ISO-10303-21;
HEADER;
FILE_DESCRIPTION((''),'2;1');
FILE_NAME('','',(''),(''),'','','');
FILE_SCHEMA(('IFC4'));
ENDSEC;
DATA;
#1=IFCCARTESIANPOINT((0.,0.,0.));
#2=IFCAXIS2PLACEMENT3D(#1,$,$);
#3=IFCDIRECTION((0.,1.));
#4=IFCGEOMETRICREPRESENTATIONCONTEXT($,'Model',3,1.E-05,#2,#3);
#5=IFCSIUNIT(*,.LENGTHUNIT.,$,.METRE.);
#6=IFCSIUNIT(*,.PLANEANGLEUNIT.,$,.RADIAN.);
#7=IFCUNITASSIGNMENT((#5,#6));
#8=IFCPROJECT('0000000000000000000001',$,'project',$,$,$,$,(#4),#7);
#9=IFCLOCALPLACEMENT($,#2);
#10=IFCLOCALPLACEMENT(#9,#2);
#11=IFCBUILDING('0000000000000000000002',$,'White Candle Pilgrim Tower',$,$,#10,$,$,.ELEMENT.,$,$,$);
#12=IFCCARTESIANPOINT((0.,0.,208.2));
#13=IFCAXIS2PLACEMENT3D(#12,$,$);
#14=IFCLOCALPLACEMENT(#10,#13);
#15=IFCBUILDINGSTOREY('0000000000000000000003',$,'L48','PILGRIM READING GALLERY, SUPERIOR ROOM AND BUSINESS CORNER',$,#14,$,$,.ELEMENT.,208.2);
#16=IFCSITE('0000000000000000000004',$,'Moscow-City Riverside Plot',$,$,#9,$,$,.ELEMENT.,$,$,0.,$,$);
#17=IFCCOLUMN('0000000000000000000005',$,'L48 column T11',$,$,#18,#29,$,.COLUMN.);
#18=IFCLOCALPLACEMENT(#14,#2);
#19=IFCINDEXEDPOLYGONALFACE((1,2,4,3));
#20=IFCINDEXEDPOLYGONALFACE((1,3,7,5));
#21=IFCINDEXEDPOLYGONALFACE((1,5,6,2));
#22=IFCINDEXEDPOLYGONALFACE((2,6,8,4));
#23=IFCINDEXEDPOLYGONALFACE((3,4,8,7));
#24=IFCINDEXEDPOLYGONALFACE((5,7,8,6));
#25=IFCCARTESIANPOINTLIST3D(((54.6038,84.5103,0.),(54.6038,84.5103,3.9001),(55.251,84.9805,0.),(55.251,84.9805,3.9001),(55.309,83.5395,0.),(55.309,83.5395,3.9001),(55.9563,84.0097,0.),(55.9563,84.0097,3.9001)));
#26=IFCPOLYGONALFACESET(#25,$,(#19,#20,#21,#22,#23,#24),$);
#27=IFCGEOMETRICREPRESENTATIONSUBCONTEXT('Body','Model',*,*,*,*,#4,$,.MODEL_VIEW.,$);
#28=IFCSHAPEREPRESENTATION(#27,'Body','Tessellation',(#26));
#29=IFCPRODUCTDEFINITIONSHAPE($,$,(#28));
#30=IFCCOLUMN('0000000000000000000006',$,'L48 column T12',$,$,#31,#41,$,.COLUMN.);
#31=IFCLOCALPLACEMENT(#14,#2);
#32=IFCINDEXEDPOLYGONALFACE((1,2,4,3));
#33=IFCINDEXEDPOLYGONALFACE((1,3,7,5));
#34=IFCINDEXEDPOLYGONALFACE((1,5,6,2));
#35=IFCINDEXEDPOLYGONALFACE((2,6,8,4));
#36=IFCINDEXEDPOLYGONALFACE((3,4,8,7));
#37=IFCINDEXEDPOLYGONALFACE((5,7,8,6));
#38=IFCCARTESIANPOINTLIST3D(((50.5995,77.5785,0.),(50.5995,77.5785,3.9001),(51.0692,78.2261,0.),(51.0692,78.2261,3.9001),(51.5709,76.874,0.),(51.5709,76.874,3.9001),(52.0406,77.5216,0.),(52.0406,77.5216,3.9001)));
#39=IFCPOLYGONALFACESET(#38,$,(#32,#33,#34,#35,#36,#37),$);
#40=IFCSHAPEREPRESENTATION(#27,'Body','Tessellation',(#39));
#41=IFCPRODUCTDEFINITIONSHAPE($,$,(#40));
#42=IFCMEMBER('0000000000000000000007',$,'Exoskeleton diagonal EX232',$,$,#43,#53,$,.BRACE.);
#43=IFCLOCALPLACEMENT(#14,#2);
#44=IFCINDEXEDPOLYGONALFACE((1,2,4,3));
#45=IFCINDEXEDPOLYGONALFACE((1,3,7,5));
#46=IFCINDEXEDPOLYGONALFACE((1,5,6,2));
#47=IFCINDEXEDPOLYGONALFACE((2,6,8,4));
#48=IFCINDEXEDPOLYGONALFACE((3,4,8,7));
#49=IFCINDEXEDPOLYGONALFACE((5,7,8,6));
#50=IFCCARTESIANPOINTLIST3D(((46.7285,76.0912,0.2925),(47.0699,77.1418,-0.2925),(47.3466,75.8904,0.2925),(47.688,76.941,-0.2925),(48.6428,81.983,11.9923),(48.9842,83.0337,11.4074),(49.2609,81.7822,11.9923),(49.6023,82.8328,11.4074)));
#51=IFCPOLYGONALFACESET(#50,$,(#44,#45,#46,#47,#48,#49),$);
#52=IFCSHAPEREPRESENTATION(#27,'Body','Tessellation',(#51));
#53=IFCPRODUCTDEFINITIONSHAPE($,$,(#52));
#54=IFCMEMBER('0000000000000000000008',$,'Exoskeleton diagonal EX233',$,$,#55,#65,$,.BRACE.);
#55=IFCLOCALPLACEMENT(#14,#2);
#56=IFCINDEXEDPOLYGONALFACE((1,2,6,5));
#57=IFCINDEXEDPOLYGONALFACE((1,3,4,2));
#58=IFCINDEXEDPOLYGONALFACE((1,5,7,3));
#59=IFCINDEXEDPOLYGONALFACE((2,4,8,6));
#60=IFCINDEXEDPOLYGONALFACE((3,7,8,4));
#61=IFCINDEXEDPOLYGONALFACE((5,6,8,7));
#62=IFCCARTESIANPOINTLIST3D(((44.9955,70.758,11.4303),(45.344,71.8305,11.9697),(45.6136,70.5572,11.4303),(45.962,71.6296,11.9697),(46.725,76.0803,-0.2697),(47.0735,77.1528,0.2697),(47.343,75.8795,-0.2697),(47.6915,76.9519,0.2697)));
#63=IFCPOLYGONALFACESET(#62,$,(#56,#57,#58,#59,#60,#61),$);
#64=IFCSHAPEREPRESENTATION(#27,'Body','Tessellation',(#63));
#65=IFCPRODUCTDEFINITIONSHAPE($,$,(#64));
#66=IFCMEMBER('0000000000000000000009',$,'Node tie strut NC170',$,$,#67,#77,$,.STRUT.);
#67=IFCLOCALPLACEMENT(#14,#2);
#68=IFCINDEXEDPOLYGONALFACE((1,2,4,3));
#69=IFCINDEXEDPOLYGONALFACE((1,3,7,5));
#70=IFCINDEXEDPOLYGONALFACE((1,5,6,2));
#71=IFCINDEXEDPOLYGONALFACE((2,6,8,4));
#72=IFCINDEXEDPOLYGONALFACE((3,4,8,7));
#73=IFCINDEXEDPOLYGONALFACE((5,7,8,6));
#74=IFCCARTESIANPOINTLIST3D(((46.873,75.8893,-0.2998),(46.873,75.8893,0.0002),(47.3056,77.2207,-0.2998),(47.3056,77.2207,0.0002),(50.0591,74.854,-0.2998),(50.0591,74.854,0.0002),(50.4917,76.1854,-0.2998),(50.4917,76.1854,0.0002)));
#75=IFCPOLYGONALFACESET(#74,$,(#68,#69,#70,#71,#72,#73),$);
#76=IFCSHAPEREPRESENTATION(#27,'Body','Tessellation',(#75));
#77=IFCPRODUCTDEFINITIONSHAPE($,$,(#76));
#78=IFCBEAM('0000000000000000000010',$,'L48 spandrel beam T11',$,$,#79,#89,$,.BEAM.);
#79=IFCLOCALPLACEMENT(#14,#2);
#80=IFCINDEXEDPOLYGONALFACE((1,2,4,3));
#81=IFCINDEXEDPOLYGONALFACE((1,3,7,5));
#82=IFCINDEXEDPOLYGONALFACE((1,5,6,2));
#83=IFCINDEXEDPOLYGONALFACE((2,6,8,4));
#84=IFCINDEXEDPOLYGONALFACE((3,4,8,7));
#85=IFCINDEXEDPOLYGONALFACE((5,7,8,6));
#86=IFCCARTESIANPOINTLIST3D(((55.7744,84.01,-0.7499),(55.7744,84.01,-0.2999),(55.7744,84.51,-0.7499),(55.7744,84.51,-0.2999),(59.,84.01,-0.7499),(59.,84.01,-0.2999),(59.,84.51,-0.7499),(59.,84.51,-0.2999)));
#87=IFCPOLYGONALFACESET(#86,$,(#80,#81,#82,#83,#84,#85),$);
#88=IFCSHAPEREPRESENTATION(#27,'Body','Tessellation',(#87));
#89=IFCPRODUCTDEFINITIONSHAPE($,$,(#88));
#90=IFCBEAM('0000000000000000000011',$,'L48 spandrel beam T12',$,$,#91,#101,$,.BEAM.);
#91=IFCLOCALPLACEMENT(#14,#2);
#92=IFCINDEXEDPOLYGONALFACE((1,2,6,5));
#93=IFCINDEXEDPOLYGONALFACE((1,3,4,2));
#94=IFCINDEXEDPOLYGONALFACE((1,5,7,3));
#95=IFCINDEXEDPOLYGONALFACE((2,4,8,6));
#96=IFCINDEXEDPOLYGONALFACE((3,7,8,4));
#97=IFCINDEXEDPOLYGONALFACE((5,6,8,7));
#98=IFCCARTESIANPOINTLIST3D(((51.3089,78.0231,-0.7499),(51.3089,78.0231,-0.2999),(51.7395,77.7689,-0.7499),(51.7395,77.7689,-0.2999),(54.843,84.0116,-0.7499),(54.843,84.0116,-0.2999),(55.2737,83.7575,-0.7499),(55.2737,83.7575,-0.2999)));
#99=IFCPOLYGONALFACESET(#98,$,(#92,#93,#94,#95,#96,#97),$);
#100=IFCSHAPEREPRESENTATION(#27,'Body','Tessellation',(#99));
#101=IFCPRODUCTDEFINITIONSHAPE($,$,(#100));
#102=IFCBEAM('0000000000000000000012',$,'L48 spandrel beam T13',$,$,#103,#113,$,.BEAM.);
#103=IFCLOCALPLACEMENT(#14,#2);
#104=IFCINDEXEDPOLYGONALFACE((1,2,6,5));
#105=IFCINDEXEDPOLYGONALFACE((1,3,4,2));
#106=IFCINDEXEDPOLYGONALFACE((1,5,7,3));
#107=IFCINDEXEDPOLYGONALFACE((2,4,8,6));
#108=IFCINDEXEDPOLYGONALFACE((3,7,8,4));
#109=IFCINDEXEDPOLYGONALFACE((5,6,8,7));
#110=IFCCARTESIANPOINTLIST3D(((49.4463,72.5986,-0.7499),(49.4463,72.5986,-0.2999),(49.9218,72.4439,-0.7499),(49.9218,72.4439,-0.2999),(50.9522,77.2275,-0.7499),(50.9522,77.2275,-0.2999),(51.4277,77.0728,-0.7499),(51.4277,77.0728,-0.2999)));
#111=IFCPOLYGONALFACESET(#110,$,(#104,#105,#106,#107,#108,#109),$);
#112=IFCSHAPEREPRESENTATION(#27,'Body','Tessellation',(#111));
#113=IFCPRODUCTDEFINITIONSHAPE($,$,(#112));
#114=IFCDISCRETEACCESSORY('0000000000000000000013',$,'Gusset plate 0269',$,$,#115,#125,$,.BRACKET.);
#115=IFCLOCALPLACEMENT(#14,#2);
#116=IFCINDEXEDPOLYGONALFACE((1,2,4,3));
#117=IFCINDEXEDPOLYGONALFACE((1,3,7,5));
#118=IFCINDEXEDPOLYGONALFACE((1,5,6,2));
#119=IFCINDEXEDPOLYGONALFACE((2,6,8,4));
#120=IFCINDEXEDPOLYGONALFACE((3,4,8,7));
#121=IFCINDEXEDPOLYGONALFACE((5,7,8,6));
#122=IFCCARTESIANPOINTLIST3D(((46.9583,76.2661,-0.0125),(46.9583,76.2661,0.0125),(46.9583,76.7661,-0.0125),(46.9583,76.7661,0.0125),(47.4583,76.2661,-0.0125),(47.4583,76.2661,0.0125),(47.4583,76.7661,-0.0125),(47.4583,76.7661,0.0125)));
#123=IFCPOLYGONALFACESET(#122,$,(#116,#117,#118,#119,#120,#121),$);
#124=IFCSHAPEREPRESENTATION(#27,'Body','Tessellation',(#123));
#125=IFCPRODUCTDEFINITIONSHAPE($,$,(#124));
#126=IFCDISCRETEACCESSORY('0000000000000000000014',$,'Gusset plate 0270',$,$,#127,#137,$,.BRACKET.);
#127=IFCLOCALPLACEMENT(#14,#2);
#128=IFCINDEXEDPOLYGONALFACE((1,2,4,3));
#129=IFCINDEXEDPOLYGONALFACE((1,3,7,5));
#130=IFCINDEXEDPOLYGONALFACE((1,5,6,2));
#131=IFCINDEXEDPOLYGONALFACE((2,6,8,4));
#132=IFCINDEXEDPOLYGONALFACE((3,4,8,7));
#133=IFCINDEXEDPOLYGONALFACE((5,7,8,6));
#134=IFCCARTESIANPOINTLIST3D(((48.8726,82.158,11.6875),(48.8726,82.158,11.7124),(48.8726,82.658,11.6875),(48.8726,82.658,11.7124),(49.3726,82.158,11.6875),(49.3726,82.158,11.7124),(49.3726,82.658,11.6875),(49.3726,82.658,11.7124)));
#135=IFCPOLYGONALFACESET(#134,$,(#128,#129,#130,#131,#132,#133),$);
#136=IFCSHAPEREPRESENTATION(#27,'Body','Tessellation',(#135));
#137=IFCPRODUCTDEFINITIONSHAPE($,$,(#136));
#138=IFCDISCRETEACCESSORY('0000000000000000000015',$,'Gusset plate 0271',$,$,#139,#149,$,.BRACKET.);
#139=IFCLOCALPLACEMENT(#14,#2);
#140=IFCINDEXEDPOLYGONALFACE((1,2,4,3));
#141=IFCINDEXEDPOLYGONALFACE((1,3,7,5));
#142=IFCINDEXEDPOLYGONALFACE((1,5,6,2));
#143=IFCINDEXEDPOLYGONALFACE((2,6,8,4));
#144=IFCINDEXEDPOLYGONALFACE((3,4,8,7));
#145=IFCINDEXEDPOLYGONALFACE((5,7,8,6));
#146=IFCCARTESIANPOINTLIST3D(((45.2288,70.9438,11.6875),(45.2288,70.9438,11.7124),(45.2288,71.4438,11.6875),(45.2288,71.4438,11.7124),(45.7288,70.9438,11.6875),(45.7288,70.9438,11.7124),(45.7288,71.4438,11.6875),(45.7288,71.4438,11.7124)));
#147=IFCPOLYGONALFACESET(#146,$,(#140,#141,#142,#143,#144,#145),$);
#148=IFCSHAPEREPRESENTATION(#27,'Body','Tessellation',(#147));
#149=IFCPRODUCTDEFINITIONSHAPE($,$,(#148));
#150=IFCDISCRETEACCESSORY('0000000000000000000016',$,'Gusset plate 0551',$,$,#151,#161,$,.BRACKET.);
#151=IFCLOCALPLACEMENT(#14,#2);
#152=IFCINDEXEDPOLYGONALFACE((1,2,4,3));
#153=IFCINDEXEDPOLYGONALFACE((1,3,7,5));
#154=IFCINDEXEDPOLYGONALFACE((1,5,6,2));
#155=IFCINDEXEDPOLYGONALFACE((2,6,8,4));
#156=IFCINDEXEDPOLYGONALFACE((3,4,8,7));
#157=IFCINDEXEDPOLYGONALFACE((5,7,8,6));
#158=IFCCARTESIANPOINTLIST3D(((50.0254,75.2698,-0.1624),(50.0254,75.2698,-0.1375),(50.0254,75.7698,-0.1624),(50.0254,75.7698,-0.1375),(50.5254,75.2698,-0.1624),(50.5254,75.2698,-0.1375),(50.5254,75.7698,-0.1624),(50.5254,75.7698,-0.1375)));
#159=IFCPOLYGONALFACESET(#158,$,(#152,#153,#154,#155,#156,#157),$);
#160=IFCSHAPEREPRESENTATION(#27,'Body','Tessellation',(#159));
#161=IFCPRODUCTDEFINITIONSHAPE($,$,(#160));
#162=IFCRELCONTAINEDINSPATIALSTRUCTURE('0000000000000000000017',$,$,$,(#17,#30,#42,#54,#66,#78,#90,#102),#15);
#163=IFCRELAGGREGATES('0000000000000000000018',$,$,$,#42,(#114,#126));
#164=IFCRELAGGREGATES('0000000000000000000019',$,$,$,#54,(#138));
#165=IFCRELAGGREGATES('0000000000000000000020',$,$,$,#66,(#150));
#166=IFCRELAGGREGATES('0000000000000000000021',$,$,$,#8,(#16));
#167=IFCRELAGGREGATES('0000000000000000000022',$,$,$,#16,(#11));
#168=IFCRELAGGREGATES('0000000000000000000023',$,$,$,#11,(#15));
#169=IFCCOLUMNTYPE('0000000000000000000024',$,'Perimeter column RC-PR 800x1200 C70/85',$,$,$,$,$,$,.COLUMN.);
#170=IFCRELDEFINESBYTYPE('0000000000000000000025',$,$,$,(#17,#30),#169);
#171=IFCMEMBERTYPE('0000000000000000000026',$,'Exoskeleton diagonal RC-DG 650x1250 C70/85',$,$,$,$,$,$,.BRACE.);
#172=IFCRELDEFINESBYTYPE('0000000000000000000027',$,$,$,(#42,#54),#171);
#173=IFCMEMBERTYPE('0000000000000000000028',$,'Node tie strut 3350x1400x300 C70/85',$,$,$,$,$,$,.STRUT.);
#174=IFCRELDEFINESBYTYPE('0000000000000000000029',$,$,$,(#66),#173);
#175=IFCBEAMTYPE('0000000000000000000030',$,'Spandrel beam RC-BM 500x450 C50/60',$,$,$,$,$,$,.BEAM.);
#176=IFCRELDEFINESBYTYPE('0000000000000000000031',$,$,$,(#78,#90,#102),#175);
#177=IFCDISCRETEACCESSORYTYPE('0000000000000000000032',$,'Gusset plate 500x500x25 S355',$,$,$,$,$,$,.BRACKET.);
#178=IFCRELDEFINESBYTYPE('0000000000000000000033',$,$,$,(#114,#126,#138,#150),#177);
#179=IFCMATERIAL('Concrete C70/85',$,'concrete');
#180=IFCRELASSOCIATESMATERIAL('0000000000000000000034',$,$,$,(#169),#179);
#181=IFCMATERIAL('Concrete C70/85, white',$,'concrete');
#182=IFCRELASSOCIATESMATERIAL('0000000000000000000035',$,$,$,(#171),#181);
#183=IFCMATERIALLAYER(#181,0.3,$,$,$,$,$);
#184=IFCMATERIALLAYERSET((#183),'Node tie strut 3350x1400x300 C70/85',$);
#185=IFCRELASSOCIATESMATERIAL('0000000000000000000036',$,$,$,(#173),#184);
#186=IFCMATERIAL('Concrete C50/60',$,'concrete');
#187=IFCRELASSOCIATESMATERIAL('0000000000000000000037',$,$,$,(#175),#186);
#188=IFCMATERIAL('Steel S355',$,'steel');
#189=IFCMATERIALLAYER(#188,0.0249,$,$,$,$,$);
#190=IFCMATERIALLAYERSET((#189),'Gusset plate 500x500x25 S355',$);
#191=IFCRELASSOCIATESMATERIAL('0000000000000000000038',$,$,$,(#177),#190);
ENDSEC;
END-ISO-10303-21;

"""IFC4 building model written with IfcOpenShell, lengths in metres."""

from ifc_helpers import new_model, si_unit, direction, frame, origin, origin_2d, place, context, subcontext, project, spatial, rectangle, extrude, material, layer, layer_set, material_profile, profile_set, type_object, element, aggregate, save


model = new_model("IFC4")

# Units and contexts
model_context = context("Model", 3, precision=1e-05, world=origin(), true_north=direction((0.0, 1.0)))
body_context = subcontext(model_context, "Body", "Model", "MODEL_VIEW")
ifc_project = project(units=[si_unit("LENGTHUNIT", "METRE"), si_unit("PLANEANGLEUNIT", "RADIAN")], contexts=[model_context])

# Site, building, storey
site_placement = place(None, origin())
site = spatial("IfcSite", under=ifc_project, at=site_placement, Name="Moscow-City Riverside Plot", CompositionType="ELEMENT", RefElevation=0.0)
building_placement = place(site_placement, origin())
building = spatial("IfcBuilding", under=site, at=building_placement, Name="White Candle Pilgrim Tower", CompositionType="ELEMENT")
storey_placement = place(building_placement, frame((0.0, 0.0, 208.2)))
storey = spatial("IfcBuildingStorey", under=building, at=storey_placement, Name="L48", Description="PILGRIM READING GALLERY, SUPERIOR ROOM AND BUSINESS CORNER", CompositionType="ELEMENT", Elevation=208.2)

# Columns
ifc_material_1 = material(Name="Concrete C70/85", Category="concrete")
ifc_material_profile_1 = material_profile(ifc_material_1, rectangle(XDim=0.8, YDim=1.2, at=origin_2d()), Name="RC-PR 800x1200")
ifc_profile_set_1 = profile_set([ifc_material_profile_1], Name="Concrete C70/85")
column_type = type_object("IfcColumnType", Name="Perimeter column RC-PR 800x1200 C70/85", PredefinedType="COLUMN", material=ifc_profile_set_1)
for number, where, z_axis, x_axis, name in (
    (1, (55.28, 84.26, 0.0), (0.0, 0.0, 1.0), (0.809027, 0.587771, 0.0), "L48 column T11"),
    (2, (51.3201, 77.55, 0.0), (0.0, 0.0, 1.0), (0.587107, 0.809509, 0.0), "L48 column T12"),
):
    element("IfcColumn", number, at=place(storey_placement, frame(where, z_axis=z_axis, x_axis=x_axis)), inside=storey, type_object=column_type, Name=name, PredefinedType="COLUMN", context=body_context, shape_type="SweptSolid", body=[
        extrude(rectangle(XDim=0.8, YDim=1.2, at=origin_2d()), origin(), (0.0, 0.0, 1.0), 3.9001),
    ])

# Members
ifc_material_2 = material(Name="Concrete C70/85, white", Category="concrete")
ifc_material_profile_2 = material_profile(ifc_material_2, rectangle(XDim=0.6499, YDim=1.25, at=origin_2d()), Name="RC-DG 650x1250")
ifc_profile_set_2 = profile_set([ifc_material_profile_2], Name="Concrete C70/85, white")
member_type_1 = type_object("IfcMemberType", Name="Exoskeleton diagonal RC-DG 650x1250 C70/85", PredefinedType="BRACE", material=ifc_profile_set_2)
member_1_placement = place(storey_placement, frame((47.2083, 76.5161, 0.0), z_axis=(0.144598, 0.445042, 0.883759), x_axis=(-0.95106, 0.309007, 0.0)))
member_1 = element("IfcMember", 3, at=member_1_placement, inside=storey, type_object=member_type_1, Name="Exoskeleton diagonal EX232", PredefinedType="BRACE", context=body_context, shape_type="SweptSolid", body=[
    extrude(rectangle(XDim=0.6499, YDim=1.25, at=origin_2d()), origin(), (0.0, 0.0, 1.0), 13.2388),
])
member_2_placement = place(storey_placement, frame((47.2083, 76.5161, 0.0), z_axis=(-0.133351, -0.41037, 0.902117), x_axis=(0.951047, -0.309047, 0.0)))
member_2 = element("IfcMember", 4, at=member_2_placement, inside=storey, type_object=member_type_1, Name="Exoskeleton diagonal EX233", PredefinedType="BRACE", context=body_context, shape_type="SweptSolid", body=[
    extrude(rectangle(XDim=0.6499, YDim=1.25, at=origin_2d()), origin(), (0.0, 0.0, 1.0), 12.9695),
])
ifc_layer_1 = layer(ifc_material_2, 0.3)
ifc_layer_set_1 = layer_set([ifc_layer_1], Name="Node tie strut 3350x1400x300 C70/85")
member_type_2 = type_object("IfcMemberType", Name="Node tie strut 3350x1400x300 C70/85", PredefinedType="STRUT", material=ifc_layer_set_1)
member_3_placement = place(storey_placement, frame((48.6824, 76.0374, -0.2998), z_axis=(0.0, 0.0, 1.0), x_axis=(-0.309017, -0.951057, 0.0)))
member_3 = element("IfcMember", 5, at=member_3_placement, inside=storey, type_object=member_type_2, Name="Node tie strut NC170", PredefinedType="STRUT", context=body_context, shape_type="SweptSolid", body=[
    extrude(rectangle(XDim=1.3999, YDim=3.3501, at=origin_2d()), origin(), (0.0, 0.0, 1.0), 0.3),
])

# Beams
ifc_material_3 = material(Name="Concrete C50/60", Category="concrete")
ifc_material_profile_3 = material_profile(ifc_material_3, rectangle(XDim=0.5, YDim=0.45, at=origin_2d()), Name="RC-BM 500x450")
ifc_profile_set_3 = profile_set([ifc_material_profile_3], Name="Concrete C50/60")
beam_type = type_object("IfcBeamType", Name="Spandrel beam RC-BM 500x450 C50/60", PredefinedType="BEAM", material=ifc_profile_set_3)
beam_1_placement = place(storey_placement, frame((55.7744, 84.26, -0.5249), z_axis=(1.0, 0.0, 0.0), x_axis=(0.0, 1.0, 0.0)))
element("IfcBeam", 6, at=beam_1_placement, inside=storey, type_object=beam_type, Name="L48 spandrel beam T11", PredefinedType="BEAM", context=body_context, shape_type="SweptSolid", body=[
    extrude(rectangle(XDim=0.5, YDim=0.45, at=origin_2d()), origin(), (0.0, 0.0, 1.0), 3.2256),
])
beam_2_placement = place(storey_placement, frame((55.0583, 83.8845, -0.5249), z_axis=(-0.50825, -0.861209, 0.0), x_axis=(0.861209, -0.50825, 0.0)))
element("IfcBeam", 7, at=beam_2_placement, inside=storey, type_object=beam_type, Name="L48 spandrel beam T12", PredefinedType="BEAM", context=body_context, shape_type="SweptSolid", body=[
    extrude(rectangle(XDim=0.5, YDim=0.45, at=origin_2d()), origin(), (0.0, 0.0, 1.0), 6.9536),
])
beam_3_placement = place(storey_placement, frame((51.1899, 77.1501, -0.5249), z_axis=(-0.309358, -0.950946, 0.0), x_axis=(0.950946, -0.309358, 0.0)))
element("IfcBeam", 8, at=beam_3_placement, inside=storey, type_object=beam_type, Name="L48 spandrel beam T13", PredefinedType="BEAM", context=body_context, shape_type="SweptSolid", body=[
    extrude(rectangle(XDim=0.5, YDim=0.45, at=origin_2d()), origin(), (0.0, 0.0, 1.0), 4.8677),
])

# Discrete accessories
ifc_material_4 = material(Name="Steel S355", Category="steel")
ifc_layer_2 = layer(ifc_material_4, 0.0249)
ifc_layer_set_2 = layer_set([ifc_layer_2], Name="Gusset plate 500x500x25 S355")
discrete_accessory_type = type_object("IfcDiscreteAccessoryType", Name="Gusset plate 500x500x25 S355", PredefinedType="BRACKET", material=ifc_layer_set_2)
discrete_accessory_1_placement = place(storey_placement, frame((47.2083, 76.5161, -0.0125), z_axis=(0.0, 0.0, 1.0), x_axis=(1.0, 0.0, 0.0)))
discrete_accessory_1 = element("IfcDiscreteAccessory", 9, at=discrete_accessory_1_placement, type_object=discrete_accessory_type, Name="Gusset plate 0269", PredefinedType="BRACKET", context=body_context, shape_type="SweptSolid", body=[
    extrude(rectangle(XDim=0.5, YDim=0.5, at=origin_2d()), origin(), (0.0, 0.0, 1.0), 0.0249),
])
placement = place(building_placement, frame((0.0, 0.0, 219.8999)))
discrete_accessory_2_placement = place(placement, frame((49.1226, 82.408, -0.0125), z_axis=(0.0, 0.0, 1.0), x_axis=(1.0, 0.0, 0.0)))
discrete_accessory_2 = element("IfcDiscreteAccessory", 10, at=discrete_accessory_2_placement, type_object=discrete_accessory_type, Name="Gusset plate 0270", PredefinedType="BRACKET", context=body_context, shape_type="SweptSolid", body=[
    extrude(rectangle(XDim=0.5, YDim=0.5, at=origin_2d()), origin(), (0.0, 0.0, 1.0), 0.0249),
])
aggregate(member_1, [discrete_accessory_1, discrete_accessory_2])
discrete_accessory_3_placement = place(placement, frame((45.4788, 71.1938, -0.0125), z_axis=(0.0, 0.0, 1.0), x_axis=(1.0, 0.0, 0.0)))
discrete_accessory_3 = element("IfcDiscreteAccessory", 11, at=discrete_accessory_3_placement, type_object=discrete_accessory_type, Name="Gusset plate 0271", PredefinedType="BRACKET", context=body_context, shape_type="SweptSolid", body=[
    extrude(rectangle(XDim=0.5, YDim=0.5, at=origin_2d()), origin(), (0.0, 0.0, 1.0), 0.0249),
])
aggregate(member_2, [discrete_accessory_3])
discrete_accessory_4_placement = place(storey_placement, frame((50.2754, 75.5198, -0.1624), z_axis=(0.0, 0.0, 1.0), x_axis=(1.0, 0.0, 0.0)))
discrete_accessory_4 = element("IfcDiscreteAccessory", 12, at=discrete_accessory_4_placement, type_object=discrete_accessory_type, Name="Gusset plate 0551", PredefinedType="BRACKET", context=body_context, shape_type="SweptSolid", body=[
    extrude(rectangle(XDim=0.5, YDim=0.5, at=origin_2d()), origin(), (0.0, 0.0, 1.0), 0.0249),
])
aggregate(member_3, [discrete_accessory_4])

save(model, "model.ifc")
